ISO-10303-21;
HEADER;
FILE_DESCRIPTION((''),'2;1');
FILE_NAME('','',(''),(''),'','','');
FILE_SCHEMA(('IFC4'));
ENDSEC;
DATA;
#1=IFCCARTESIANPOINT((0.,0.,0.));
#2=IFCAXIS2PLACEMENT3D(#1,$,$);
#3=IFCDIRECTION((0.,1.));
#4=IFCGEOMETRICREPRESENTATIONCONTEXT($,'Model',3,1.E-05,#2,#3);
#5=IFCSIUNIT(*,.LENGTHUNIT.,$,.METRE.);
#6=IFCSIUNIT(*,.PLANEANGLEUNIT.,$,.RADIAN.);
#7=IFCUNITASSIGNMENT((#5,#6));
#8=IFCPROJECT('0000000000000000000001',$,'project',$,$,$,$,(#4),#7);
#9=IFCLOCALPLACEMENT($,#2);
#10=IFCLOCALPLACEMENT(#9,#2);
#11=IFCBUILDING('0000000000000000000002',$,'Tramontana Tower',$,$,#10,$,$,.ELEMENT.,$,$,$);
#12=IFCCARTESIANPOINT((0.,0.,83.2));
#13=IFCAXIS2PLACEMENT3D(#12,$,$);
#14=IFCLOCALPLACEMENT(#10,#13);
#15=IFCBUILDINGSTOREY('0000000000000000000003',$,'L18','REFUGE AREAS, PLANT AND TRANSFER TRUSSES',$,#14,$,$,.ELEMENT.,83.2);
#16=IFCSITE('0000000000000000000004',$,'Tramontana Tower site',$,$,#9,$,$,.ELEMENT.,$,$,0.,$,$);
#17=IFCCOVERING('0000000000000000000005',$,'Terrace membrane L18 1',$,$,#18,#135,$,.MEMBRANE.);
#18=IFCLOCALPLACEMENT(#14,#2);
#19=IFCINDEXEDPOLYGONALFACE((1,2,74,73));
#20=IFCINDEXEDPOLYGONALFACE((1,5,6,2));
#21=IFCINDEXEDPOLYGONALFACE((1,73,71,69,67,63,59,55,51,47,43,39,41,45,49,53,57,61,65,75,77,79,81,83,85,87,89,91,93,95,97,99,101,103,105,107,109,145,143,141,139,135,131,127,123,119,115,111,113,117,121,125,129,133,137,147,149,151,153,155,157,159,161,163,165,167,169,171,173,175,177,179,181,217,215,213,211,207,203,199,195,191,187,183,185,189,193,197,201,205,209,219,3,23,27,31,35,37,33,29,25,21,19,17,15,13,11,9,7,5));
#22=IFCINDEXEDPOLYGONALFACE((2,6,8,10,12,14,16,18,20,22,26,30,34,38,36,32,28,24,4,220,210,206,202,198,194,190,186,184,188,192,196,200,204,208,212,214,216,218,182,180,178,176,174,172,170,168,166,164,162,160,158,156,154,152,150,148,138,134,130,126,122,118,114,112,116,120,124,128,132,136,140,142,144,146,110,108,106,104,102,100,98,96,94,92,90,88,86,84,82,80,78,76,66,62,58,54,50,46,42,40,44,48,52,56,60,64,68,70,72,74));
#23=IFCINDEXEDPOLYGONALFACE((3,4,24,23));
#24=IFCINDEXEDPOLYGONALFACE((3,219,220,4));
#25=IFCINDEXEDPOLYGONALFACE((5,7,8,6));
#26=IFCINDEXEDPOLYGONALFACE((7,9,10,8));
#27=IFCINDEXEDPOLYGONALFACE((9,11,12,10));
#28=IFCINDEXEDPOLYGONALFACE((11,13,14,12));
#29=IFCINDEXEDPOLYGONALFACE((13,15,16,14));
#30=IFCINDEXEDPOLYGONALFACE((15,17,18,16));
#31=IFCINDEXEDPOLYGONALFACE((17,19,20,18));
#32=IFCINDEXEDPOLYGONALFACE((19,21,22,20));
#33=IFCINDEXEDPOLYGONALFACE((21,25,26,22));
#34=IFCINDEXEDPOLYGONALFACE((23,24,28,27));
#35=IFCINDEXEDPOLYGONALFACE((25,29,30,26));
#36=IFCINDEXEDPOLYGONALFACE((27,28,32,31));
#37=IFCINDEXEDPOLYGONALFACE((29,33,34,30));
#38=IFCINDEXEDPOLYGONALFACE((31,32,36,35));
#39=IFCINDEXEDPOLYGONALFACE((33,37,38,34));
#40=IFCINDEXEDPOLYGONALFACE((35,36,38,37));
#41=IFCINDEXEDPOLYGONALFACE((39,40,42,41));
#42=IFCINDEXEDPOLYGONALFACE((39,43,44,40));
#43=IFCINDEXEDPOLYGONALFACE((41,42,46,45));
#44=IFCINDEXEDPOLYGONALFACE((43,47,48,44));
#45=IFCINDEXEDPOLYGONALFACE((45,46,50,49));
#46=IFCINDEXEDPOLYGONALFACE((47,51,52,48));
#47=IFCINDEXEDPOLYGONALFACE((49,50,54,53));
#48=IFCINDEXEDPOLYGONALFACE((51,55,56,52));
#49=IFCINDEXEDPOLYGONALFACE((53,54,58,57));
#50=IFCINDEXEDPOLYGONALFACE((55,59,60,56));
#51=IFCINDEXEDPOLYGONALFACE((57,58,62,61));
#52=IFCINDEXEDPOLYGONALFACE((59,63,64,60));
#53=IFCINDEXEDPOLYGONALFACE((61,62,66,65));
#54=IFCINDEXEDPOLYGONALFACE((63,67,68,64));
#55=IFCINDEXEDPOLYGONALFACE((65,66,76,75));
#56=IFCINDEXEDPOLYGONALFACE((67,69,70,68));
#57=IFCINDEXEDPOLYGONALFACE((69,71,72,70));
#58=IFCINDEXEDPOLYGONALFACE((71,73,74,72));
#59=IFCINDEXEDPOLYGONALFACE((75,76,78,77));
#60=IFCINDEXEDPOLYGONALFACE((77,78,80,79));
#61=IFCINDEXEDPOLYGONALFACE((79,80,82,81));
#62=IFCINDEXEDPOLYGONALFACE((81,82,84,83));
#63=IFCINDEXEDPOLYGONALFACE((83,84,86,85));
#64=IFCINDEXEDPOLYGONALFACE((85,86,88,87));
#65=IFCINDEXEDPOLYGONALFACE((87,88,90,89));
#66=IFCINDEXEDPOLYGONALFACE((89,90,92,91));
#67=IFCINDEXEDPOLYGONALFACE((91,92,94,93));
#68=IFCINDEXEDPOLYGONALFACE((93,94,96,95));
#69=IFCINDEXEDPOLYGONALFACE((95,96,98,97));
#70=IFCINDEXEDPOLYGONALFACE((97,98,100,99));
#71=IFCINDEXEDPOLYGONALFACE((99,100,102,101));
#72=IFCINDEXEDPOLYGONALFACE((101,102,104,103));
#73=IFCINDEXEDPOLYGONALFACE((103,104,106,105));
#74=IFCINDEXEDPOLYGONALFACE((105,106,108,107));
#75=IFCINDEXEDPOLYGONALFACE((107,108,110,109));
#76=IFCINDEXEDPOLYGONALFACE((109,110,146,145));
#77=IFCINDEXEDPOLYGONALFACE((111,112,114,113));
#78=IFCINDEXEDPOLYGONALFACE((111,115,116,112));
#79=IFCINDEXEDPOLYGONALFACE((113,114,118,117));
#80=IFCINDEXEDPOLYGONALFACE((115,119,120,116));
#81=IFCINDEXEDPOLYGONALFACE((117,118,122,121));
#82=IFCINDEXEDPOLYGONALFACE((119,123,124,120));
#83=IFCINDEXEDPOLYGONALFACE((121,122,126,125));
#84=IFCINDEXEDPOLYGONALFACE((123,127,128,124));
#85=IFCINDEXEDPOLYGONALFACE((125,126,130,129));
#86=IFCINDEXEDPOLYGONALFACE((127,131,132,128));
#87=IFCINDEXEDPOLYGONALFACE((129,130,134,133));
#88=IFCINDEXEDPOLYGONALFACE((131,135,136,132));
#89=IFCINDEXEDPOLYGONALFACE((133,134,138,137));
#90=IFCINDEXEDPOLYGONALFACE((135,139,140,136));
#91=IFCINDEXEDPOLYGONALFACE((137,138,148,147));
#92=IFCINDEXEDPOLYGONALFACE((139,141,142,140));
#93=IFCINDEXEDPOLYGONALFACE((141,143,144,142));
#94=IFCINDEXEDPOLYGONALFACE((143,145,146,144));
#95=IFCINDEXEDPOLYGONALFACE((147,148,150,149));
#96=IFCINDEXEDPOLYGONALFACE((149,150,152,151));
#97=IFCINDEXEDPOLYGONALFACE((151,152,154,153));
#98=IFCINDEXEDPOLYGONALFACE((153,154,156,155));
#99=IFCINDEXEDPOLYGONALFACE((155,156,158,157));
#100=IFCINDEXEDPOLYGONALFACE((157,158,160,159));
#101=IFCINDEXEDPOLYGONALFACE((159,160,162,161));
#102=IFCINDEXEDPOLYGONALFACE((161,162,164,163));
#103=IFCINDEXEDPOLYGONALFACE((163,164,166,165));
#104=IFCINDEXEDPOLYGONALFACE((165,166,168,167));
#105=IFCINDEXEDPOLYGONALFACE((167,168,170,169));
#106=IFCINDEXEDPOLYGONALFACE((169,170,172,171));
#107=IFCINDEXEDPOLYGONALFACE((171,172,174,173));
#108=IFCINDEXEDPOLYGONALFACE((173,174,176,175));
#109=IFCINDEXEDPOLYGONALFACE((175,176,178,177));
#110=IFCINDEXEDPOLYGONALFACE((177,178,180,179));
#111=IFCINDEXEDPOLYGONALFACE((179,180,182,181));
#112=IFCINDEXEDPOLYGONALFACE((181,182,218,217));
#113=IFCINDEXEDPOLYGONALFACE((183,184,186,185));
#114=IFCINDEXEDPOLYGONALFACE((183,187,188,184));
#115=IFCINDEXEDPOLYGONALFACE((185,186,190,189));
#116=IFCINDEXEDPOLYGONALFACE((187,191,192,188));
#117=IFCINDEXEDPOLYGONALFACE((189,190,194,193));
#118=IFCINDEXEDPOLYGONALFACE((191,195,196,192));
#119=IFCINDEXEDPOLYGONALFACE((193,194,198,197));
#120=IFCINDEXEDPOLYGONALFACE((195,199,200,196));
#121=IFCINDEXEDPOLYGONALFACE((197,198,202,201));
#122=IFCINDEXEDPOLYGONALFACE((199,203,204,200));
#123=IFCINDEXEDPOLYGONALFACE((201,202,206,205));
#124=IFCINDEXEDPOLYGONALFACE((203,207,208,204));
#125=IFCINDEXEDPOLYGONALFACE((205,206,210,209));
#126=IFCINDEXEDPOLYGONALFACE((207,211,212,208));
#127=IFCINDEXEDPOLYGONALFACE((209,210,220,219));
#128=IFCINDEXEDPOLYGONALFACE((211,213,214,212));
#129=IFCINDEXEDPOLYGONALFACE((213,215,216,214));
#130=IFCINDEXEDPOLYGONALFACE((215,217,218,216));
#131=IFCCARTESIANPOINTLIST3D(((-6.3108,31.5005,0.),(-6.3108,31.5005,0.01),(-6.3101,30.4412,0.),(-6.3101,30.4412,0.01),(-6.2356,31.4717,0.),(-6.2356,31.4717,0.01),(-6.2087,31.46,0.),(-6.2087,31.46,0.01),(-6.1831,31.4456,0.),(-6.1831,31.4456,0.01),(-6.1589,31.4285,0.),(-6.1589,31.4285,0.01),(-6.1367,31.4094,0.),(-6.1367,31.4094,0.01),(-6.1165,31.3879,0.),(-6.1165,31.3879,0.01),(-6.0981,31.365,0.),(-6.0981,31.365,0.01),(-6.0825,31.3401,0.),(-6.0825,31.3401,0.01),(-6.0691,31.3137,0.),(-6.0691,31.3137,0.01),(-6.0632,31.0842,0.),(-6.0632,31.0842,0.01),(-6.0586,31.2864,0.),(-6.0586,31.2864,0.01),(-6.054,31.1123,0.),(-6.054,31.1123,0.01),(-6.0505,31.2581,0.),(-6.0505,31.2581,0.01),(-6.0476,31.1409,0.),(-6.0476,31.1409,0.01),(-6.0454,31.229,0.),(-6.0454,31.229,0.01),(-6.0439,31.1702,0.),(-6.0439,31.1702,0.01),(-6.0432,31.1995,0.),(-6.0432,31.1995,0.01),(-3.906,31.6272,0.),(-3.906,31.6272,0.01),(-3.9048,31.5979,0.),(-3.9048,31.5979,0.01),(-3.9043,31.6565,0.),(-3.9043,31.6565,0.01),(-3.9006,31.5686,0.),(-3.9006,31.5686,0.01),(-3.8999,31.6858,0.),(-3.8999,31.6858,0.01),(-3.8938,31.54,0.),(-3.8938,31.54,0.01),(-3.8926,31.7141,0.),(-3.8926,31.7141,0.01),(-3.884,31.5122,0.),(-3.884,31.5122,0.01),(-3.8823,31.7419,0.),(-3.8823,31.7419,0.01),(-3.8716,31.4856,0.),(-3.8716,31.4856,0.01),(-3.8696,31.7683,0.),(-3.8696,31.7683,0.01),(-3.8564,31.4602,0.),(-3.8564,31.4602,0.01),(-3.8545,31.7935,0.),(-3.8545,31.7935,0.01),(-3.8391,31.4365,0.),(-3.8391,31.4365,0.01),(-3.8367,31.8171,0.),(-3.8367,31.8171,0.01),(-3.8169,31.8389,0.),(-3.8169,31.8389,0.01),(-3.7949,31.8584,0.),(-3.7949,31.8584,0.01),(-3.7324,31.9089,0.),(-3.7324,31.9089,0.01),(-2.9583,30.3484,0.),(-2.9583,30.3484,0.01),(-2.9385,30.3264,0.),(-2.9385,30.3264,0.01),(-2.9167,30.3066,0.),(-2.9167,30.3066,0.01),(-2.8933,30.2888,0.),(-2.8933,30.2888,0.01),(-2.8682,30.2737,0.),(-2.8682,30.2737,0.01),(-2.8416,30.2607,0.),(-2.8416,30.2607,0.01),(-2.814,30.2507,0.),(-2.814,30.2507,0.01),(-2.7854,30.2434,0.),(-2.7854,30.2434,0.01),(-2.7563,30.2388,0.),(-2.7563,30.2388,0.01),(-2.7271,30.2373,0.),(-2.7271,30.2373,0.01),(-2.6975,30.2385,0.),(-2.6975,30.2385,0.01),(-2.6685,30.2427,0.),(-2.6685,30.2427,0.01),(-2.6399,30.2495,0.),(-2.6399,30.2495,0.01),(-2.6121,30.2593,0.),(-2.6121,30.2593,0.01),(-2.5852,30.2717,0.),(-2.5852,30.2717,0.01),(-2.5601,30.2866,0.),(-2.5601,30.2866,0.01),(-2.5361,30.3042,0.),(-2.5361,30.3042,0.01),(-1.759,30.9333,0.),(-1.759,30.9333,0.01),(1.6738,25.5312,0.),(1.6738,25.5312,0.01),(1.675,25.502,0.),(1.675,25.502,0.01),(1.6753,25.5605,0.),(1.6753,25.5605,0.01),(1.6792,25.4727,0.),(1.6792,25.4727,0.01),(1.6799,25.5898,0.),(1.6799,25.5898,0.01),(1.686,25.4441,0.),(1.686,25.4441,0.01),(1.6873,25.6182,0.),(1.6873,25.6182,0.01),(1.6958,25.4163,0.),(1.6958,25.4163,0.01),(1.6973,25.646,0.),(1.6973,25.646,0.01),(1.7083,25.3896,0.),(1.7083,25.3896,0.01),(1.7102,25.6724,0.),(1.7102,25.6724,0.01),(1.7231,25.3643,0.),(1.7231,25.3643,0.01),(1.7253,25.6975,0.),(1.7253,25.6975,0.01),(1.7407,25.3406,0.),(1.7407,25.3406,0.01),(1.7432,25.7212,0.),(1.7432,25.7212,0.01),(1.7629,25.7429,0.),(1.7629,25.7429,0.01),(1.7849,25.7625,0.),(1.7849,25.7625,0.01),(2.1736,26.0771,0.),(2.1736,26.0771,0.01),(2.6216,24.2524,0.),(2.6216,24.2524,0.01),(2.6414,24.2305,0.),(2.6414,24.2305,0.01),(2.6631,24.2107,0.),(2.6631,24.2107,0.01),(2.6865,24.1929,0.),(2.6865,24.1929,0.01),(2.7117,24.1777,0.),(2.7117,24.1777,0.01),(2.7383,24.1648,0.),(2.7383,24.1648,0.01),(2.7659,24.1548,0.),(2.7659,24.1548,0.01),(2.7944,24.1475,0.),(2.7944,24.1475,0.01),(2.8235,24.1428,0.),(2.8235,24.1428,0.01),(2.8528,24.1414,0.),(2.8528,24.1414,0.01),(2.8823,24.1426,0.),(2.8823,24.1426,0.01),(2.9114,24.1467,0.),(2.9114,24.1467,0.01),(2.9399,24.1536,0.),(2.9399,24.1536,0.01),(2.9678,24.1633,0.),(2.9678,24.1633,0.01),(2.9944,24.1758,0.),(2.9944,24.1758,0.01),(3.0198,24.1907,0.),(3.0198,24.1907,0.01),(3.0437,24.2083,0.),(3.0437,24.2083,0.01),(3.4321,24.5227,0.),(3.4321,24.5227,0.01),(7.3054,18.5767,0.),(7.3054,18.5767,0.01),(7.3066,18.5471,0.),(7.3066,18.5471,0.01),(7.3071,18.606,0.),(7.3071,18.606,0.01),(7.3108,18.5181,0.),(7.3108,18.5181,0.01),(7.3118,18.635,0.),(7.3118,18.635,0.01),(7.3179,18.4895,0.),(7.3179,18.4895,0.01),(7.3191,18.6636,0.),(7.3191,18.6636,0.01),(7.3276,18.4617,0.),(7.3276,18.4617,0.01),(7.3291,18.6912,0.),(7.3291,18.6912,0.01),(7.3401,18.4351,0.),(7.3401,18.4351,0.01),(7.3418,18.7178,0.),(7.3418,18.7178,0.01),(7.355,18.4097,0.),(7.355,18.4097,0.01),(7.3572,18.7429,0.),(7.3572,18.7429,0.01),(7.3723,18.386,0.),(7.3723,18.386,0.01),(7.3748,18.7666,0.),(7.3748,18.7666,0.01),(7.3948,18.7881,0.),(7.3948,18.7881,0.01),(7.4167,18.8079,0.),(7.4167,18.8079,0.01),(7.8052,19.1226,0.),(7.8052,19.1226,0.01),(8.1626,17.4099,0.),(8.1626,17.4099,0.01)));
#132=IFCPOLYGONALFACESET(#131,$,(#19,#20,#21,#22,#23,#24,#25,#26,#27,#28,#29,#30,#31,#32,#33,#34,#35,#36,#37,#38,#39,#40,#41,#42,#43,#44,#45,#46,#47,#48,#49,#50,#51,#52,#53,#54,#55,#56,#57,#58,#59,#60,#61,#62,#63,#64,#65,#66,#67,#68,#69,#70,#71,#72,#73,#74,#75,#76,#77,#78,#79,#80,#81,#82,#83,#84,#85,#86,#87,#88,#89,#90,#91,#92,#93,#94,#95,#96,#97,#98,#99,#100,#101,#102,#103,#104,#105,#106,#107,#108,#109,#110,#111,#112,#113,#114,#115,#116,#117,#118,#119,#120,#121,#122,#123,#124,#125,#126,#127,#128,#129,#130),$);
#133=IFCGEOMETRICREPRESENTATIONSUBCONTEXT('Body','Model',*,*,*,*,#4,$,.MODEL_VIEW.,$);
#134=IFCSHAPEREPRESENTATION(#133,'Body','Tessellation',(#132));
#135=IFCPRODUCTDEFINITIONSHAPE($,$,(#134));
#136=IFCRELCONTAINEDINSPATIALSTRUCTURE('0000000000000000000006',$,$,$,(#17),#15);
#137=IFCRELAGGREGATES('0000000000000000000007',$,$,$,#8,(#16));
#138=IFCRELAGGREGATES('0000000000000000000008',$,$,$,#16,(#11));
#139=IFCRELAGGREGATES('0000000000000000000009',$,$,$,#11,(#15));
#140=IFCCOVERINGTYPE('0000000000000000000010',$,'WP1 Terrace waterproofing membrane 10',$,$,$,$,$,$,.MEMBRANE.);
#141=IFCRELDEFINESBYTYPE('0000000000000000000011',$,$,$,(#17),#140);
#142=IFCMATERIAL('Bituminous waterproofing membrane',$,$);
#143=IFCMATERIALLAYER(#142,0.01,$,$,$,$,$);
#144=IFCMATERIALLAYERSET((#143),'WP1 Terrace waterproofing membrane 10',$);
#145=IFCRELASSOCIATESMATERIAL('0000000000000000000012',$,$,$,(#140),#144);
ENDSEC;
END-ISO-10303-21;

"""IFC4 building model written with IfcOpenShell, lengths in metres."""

from ifc_helpers import new_model, si_unit, direction, frame, origin, place, context, subcontext, project, spatial, polyline, outline, extrude, material, layer, layer_set, type_object, element, save


model = new_model("IFC4")

# Units and contexts
model_context = context("Model", 3, precision=1e-05, world=origin(), true_north=direction((0.0, 1.0)))
body_context = subcontext(model_context, "Body", "Model", "MODEL_VIEW")
ifc_project = project(units=[si_unit("LENGTHUNIT", "METRE"), si_unit("PLANEANGLEUNIT", "RADIAN")], contexts=[model_context])

# Site, building, storey
site_placement = place(None, origin())
site = spatial("IfcSite", under=ifc_project, at=site_placement, Name="Tramontana Tower site", CompositionType="ELEMENT", RefElevation=0.0)
building_placement = place(site_placement, origin())
building = spatial("IfcBuilding", under=site, at=building_placement, Name="Tramontana Tower", CompositionType="ELEMENT")
storey_placement = place(building_placement, frame((0.0, 0.0, 83.2)))
storey = spatial("IfcBuildingStorey", under=building, at=storey_placement, Name="L18", Description="REFUGE AREAS, PLANT AND TRANSFER TRUSSES", CompositionType="ELEMENT", Elevation=83.2)

# Covering
ifc_material_1 = material(Name="Bituminous waterproofing membrane")
ifc_layer_1 = layer(ifc_material_1, 0.01)
ifc_layer_set_1 = layer_set([ifc_layer_1], Name="WP1 Terrace waterproofing membrane 10")
covering_type_1 = type_object("IfcCoveringType", Name="WP1 Terrace waterproofing membrane 10", PredefinedType="MEMBRANE", material=ifc_layer_set_1)
covering_1_placement = place(storey_placement, origin())
element("IfcCovering", 1, at=covering_1_placement, inside=storey, type_object=covering_type_1, Name="Terrace membrane L18 1", PredefinedType="MEMBRANE", context=body_context, shape_type="SweptSolid", body=[
    extrude(outline(polyline([(-3.7324, 31.9089), (-3.7949, 31.8584), (-3.8169, 31.8389), (-3.8367, 31.8171), (-3.8545, 31.7935), (-3.8696, 31.7683), (-3.8823, 31.7419), (-3.8926, 31.7141), (-3.8999, 31.6858), (-3.9043, 31.6565), (-3.906, 31.6272), (-3.9048, 31.5979), (-3.9006, 31.5686), (-3.8938, 31.54), (-3.884, 31.5122), (-3.8716, 31.4856), (-3.8564, 31.4602), (-3.8391, 31.4365), (-2.9583, 30.3484), (-2.9385, 30.3264), (-2.9167, 30.3066), (-2.8933, 30.2888), (-2.8682, 30.2737), (-2.8416, 30.2607), (-2.814, 30.2507), (-2.7854, 30.2434), (-2.7563, 30.2388), (-2.7271, 30.2373), (-2.6975, 30.2385), (-2.6685, 30.2427), (-2.6399, 30.2495), (-2.6121, 30.2593), (-2.5852, 30.2717), (-2.5601, 30.2866), (-2.5361, 30.3042), (-1.759, 30.9333), (2.1736, 26.0771), (1.7849, 25.7625), (1.7629, 25.7429), (1.7432, 25.7212), (1.7253, 25.6975), (1.7102, 25.6724), (1.6973, 25.646), (1.6873, 25.6182), (1.6799, 25.5898), (1.6753, 25.5605), (1.6738, 25.5312), (1.675, 25.502), (1.6792, 25.4727), (1.686, 25.4441), (1.6958, 25.4163), (1.7083, 25.3896), (1.7231, 25.3643), (1.7407, 25.3406), (2.6216, 24.2524), (2.6414, 24.2305), (2.6631, 24.2107), (2.6865, 24.1929), (2.7117, 24.1777), (2.7383, 24.1648), (2.7659, 24.1548), (2.7944, 24.1475), (2.8235, 24.1428), (2.8528, 24.1414), (2.8823, 24.1426), (2.9114, 24.1467), (2.9399, 24.1536), (2.9678, 24.1633), (2.9944, 24.1758), (3.0198, 24.1907), (3.0437, 24.2083), (3.4321, 24.5227), (7.8052, 19.1226), (7.4167, 18.8079), (7.3948, 18.7881), (7.3748, 18.7666), (7.3572, 18.7429), (7.3418, 18.7178), (7.3291, 18.6912), (7.3191, 18.6636), (7.3118, 18.635), (7.3071, 18.606), (7.3054, 18.5767), (7.3066, 18.5471), (7.3108, 18.5181), (7.3179, 18.4895), (7.3276, 18.4617), (7.3401, 18.4351), (7.355, 18.4097), (7.3723, 18.386), (8.1626, 17.4099), (-6.3101, 30.4412), (-6.0632, 31.0842), (-6.054, 31.1123), (-6.0476, 31.1409), (-6.0439, 31.1702), (-6.0432, 31.1995), (-6.0454, 31.229), (-6.0505, 31.2581), (-6.0586, 31.2864), (-6.0691, 31.3137), (-6.0825, 31.3401), (-6.0981, 31.365), (-6.1165, 31.3879), (-6.1367, 31.4094), (-6.1589, 31.4285), (-6.1831, 31.4456), (-6.2087, 31.46), (-6.2356, 31.4717), (-6.3108, 31.5005), (-3.7324, 31.9089)])), origin(), (0.0, 0.0, 1.0), 0.01),
])

save(model, "model.ifc")
